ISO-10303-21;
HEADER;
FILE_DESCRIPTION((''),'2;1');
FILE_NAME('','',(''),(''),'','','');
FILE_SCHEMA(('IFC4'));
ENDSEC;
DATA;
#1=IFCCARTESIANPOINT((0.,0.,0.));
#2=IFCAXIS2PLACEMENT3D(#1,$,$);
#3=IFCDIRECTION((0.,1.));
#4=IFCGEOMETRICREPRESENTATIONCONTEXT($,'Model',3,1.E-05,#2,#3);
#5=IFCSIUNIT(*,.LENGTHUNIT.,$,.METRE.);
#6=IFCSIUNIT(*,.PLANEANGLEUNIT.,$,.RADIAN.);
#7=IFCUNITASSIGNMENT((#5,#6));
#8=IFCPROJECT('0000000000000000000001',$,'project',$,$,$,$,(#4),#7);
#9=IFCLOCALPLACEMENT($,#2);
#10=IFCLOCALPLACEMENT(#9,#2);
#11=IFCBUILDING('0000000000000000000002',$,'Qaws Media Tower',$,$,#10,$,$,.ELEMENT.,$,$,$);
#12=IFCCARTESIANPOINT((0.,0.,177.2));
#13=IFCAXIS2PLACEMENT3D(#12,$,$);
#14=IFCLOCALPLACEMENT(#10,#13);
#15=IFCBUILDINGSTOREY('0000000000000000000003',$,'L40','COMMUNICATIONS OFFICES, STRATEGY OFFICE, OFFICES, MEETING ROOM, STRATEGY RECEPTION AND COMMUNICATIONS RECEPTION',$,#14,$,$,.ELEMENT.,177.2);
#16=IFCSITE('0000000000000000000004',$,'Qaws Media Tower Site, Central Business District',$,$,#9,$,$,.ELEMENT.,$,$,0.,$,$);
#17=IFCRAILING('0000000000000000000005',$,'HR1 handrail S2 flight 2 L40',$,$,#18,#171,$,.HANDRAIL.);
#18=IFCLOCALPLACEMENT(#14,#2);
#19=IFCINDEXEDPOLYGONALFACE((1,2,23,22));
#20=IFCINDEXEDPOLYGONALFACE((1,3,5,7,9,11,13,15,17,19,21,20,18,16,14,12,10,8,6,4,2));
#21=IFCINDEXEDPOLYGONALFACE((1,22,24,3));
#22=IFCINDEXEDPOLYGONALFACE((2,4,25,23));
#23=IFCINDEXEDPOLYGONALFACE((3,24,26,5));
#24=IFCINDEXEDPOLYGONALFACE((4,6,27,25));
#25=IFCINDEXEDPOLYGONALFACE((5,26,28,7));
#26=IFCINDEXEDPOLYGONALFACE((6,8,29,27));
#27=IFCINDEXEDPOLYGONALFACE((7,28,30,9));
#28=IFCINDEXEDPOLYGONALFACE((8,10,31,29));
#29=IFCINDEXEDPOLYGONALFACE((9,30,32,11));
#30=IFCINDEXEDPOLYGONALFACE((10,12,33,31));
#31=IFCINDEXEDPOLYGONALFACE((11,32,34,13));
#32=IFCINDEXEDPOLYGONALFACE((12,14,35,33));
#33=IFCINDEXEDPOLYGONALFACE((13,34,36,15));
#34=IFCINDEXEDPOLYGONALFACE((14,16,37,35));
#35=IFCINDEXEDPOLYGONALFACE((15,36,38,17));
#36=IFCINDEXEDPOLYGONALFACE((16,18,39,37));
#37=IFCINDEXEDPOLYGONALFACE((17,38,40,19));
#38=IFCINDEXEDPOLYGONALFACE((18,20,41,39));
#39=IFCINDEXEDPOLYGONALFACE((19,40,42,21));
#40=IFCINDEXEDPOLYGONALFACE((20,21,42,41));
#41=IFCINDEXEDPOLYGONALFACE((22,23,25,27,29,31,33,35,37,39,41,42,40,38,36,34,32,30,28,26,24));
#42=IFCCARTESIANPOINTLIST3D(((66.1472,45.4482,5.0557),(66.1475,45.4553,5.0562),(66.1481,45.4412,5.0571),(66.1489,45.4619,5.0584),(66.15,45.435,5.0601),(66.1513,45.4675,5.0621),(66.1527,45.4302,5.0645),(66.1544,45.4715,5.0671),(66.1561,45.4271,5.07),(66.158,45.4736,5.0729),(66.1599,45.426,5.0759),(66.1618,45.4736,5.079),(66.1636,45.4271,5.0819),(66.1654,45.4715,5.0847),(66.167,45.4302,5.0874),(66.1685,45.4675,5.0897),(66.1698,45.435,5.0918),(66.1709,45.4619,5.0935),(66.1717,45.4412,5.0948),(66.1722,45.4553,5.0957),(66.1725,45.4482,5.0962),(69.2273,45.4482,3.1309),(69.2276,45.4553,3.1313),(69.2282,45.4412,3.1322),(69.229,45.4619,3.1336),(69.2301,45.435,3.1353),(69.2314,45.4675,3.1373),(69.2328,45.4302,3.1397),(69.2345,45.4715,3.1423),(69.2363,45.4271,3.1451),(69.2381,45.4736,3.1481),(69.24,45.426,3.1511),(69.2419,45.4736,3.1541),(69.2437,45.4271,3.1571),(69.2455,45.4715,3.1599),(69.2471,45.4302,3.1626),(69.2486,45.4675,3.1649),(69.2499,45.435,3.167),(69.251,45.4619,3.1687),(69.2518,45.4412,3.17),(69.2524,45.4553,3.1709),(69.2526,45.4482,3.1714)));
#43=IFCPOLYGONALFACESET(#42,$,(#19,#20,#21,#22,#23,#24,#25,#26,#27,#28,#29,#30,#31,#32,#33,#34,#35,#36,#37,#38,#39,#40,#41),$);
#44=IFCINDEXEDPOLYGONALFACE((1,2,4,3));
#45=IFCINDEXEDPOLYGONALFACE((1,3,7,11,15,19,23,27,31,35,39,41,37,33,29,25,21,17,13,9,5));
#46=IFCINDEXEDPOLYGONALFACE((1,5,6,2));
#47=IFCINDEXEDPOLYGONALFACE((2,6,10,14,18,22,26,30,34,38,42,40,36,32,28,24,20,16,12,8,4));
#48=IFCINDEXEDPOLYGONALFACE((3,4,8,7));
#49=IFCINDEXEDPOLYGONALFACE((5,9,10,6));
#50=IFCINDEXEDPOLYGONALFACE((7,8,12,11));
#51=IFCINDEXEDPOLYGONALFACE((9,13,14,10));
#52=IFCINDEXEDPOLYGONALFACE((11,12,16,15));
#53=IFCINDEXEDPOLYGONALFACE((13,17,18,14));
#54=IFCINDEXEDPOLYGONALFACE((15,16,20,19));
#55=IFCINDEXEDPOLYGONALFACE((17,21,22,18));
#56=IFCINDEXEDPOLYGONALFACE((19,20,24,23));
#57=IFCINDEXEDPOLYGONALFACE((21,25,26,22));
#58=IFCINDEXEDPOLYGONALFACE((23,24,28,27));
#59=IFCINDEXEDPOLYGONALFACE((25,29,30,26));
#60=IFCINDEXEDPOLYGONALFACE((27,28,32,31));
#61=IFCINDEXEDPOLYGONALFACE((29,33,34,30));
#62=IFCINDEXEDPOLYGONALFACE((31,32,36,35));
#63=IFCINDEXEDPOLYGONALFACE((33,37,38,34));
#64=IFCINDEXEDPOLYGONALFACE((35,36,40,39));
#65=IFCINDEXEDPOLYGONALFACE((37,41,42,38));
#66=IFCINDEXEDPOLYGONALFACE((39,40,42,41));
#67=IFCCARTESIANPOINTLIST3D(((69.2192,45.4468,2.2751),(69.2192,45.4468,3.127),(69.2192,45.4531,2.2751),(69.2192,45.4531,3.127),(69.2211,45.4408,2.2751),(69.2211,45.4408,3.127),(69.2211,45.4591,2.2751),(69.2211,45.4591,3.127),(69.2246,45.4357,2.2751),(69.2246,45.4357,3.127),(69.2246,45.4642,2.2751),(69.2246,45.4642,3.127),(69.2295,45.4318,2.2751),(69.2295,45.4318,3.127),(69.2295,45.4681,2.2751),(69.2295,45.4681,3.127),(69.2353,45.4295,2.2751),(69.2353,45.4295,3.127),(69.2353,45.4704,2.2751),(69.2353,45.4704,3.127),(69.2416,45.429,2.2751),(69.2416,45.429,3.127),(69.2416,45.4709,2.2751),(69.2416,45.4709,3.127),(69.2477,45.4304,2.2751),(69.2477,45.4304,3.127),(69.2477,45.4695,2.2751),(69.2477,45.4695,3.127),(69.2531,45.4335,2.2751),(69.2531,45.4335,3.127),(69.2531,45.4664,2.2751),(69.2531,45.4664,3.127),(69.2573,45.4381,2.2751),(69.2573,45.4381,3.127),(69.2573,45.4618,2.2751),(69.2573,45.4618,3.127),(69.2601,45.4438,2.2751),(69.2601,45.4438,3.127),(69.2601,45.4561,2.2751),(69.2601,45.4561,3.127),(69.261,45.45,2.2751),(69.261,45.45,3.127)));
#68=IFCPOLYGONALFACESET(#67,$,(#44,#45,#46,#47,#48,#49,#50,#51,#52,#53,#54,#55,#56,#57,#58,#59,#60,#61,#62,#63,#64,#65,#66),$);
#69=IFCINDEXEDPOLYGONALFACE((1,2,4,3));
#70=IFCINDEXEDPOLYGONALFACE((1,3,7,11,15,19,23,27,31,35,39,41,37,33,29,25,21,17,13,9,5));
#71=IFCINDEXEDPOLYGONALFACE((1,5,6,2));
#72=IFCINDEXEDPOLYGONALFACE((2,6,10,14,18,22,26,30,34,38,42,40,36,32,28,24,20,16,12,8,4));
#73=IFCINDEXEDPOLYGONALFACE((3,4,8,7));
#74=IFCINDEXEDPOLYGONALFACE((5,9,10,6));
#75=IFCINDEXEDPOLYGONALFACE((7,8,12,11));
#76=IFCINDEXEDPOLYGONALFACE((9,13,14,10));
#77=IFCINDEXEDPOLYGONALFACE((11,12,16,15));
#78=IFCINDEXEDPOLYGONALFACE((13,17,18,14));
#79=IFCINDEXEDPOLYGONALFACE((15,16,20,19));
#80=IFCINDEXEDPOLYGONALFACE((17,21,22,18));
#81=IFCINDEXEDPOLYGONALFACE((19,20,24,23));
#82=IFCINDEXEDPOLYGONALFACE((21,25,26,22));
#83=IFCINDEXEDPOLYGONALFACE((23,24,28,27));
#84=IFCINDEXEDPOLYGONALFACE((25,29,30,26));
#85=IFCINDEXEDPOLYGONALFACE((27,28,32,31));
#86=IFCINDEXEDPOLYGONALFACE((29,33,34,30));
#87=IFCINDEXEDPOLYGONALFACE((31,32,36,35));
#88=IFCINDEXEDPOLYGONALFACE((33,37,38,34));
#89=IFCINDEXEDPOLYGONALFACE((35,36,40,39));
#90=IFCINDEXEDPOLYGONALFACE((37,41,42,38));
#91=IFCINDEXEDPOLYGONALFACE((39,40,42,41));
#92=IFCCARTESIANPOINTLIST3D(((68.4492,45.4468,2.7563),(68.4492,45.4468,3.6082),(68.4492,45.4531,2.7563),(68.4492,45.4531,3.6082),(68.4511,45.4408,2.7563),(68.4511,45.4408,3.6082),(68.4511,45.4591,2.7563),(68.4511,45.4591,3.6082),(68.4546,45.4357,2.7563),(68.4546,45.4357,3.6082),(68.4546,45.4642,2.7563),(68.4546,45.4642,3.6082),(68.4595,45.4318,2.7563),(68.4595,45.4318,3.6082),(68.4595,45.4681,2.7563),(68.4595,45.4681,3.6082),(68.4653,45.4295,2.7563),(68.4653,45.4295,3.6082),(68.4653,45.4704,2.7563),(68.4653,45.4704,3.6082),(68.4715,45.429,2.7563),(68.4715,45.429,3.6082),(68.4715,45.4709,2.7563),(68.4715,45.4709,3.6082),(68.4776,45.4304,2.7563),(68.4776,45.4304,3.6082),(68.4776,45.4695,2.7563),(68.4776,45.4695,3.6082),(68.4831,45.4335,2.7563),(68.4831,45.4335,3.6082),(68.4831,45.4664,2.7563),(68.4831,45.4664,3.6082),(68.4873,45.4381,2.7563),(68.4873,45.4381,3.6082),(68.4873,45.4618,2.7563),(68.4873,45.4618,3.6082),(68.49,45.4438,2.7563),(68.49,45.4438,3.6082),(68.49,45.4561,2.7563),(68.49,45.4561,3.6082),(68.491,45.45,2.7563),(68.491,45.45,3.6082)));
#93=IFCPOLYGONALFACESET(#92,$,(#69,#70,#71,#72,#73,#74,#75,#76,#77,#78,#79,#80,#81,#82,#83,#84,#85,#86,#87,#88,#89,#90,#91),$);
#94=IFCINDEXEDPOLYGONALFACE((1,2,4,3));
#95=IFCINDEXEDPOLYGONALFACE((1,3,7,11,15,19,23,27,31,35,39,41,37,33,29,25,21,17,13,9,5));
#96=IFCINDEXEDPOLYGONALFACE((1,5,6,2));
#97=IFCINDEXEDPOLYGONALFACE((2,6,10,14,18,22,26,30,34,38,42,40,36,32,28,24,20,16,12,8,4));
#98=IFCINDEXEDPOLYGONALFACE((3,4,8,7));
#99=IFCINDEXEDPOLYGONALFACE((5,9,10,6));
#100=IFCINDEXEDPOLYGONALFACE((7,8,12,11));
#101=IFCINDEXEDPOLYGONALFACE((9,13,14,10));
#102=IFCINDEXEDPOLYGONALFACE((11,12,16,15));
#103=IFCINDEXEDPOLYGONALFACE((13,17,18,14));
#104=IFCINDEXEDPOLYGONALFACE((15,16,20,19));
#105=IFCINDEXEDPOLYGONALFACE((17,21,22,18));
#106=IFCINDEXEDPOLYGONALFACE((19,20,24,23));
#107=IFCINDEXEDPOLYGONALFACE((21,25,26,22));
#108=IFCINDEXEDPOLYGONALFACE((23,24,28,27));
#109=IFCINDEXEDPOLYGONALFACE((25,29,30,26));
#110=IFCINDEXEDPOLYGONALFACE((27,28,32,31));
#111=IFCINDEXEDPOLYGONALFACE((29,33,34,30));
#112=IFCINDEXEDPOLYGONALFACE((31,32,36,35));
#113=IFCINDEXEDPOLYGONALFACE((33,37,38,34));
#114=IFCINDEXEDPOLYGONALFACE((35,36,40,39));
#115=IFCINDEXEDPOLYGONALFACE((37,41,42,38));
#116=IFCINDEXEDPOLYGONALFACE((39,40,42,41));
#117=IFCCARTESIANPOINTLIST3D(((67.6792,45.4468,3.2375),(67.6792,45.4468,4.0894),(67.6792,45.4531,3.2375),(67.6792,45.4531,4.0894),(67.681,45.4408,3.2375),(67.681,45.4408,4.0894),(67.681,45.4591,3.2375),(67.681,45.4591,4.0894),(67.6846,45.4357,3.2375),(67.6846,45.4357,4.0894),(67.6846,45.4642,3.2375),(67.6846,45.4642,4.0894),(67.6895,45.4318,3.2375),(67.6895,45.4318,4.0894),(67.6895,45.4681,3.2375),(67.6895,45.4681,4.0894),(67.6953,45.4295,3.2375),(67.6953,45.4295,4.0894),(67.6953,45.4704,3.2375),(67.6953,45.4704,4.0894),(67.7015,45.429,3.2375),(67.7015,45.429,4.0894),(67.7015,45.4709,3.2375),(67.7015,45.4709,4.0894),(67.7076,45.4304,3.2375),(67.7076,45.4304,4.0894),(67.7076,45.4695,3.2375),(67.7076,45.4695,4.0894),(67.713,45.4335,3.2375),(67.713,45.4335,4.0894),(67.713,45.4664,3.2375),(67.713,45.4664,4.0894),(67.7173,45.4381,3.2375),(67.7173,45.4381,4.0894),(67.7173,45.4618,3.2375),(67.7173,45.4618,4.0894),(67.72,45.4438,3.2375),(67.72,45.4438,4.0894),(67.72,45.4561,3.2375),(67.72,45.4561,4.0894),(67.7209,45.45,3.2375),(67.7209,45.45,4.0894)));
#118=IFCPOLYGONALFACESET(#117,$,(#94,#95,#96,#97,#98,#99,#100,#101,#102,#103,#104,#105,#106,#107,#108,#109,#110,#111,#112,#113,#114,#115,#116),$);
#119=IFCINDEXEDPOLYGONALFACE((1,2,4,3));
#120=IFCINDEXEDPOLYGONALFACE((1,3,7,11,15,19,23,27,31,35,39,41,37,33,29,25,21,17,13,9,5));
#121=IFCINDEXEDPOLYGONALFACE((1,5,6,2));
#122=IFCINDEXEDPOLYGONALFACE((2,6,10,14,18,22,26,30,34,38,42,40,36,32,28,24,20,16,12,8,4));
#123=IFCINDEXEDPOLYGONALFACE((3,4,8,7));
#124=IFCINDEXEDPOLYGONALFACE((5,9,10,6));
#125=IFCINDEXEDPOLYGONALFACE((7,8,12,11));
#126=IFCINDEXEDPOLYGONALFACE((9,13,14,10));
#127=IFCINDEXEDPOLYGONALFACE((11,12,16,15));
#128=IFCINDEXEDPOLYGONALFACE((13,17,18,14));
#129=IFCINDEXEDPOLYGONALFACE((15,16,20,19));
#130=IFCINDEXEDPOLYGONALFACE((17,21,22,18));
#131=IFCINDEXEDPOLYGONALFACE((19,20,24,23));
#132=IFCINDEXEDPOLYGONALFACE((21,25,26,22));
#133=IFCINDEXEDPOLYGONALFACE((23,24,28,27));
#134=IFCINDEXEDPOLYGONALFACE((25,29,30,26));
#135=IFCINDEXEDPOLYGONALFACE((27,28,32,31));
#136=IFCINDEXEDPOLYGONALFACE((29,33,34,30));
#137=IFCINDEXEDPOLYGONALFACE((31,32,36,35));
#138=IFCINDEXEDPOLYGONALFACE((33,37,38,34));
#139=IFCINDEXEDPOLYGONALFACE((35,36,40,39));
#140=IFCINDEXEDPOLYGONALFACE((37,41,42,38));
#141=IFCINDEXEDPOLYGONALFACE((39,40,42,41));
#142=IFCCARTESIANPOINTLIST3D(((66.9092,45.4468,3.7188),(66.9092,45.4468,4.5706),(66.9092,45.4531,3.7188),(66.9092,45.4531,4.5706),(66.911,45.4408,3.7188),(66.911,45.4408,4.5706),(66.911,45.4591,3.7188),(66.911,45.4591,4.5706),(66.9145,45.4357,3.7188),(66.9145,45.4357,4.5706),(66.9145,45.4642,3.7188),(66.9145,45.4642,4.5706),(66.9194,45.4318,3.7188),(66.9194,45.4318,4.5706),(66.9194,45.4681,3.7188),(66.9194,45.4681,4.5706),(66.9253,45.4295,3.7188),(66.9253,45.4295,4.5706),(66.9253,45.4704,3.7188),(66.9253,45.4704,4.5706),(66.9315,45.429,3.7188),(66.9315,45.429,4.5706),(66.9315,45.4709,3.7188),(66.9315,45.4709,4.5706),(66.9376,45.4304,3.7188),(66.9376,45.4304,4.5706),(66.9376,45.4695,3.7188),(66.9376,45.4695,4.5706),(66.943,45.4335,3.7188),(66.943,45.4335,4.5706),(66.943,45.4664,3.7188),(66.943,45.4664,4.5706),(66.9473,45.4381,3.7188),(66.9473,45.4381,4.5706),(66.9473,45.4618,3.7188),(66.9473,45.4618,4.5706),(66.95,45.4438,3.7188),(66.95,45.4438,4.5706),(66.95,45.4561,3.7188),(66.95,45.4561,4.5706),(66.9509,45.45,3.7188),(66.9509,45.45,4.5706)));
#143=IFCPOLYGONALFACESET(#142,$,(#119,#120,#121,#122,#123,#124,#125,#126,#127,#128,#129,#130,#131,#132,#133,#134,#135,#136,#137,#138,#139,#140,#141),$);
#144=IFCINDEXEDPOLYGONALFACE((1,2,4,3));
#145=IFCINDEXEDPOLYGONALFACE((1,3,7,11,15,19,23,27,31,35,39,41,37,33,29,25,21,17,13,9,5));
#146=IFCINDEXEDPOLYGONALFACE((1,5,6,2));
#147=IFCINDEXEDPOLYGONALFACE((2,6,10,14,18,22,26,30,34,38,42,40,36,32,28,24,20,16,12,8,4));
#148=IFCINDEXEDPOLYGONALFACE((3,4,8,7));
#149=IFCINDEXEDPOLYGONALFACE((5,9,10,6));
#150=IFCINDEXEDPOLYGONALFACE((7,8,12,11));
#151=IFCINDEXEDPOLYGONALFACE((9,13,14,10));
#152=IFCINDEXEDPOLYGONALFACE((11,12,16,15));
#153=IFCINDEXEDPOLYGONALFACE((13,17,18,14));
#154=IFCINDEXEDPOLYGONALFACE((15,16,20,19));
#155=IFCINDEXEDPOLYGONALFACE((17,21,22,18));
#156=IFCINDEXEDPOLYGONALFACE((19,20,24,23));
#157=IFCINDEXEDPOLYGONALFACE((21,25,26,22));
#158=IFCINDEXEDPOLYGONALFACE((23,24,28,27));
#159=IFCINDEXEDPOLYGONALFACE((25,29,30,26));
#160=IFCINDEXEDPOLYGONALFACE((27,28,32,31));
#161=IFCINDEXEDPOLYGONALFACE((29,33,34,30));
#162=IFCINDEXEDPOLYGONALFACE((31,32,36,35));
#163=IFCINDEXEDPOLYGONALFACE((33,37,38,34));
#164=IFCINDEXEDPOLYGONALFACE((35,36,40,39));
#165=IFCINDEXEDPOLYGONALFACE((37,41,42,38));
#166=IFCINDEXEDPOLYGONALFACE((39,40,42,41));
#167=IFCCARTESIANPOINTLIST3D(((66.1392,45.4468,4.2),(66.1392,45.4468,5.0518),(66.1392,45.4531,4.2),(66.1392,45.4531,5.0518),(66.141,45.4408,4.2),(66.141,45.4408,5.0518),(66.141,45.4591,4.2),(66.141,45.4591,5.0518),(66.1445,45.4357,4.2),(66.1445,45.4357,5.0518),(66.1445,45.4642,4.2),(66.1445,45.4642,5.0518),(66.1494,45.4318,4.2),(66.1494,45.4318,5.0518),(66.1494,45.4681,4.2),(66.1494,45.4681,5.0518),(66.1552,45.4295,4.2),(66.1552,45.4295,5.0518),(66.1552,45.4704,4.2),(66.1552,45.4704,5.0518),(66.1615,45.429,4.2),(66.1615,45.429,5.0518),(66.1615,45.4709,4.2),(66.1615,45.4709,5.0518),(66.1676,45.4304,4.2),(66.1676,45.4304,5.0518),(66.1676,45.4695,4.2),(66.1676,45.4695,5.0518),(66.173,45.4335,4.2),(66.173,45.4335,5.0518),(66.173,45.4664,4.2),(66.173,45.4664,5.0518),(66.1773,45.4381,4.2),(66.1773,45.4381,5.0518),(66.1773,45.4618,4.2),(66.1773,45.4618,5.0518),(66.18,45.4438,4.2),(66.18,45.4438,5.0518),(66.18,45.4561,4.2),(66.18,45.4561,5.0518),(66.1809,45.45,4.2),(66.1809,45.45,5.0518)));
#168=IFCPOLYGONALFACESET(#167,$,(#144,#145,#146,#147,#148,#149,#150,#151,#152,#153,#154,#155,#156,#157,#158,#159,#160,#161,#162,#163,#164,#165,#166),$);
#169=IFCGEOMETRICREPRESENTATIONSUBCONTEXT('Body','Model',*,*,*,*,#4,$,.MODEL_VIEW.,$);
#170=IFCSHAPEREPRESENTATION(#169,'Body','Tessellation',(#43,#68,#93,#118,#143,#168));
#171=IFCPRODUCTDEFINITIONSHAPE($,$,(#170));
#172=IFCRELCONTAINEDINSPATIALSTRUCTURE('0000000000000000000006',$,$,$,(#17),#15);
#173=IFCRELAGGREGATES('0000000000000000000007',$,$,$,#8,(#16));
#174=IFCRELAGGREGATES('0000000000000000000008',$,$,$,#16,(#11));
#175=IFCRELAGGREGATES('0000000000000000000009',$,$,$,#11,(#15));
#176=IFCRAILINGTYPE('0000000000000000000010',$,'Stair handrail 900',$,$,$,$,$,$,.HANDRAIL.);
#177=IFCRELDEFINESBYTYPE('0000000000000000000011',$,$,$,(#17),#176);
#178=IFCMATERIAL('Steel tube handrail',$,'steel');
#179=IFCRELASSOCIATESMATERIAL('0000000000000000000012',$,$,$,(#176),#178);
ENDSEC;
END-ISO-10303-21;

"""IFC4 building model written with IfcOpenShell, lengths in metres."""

from ifc_helpers import new_model, si_unit, direction, frame, origin, origin_2d, place, context, subcontext, project, spatial, circle, extrude, material, type_object, element, save


model = new_model("IFC4")

# Units and contexts
model_context = context("Model", 3, precision=1e-05, world=origin(), true_north=direction((0.0, 1.0)))
body_context = subcontext(model_context, "Body", "Model", "MODEL_VIEW")
ifc_project = project(units=[si_unit("LENGTHUNIT", "METRE"), si_unit("PLANEANGLEUNIT", "RADIAN")], contexts=[model_context])

# Site, building, storey
site_placement = place(None, origin())
site = spatial("IfcSite", under=ifc_project, at=site_placement, Name="Qaws Media Tower Site, Central Business District", CompositionType="ELEMENT", RefElevation=0.0)
building_placement = place(site_placement, origin())
building = spatial("IfcBuilding", under=site, at=building_placement, Name="Qaws Media Tower", CompositionType="ELEMENT")
storey_placement = place(building_placement, frame((0.0, 0.0, 177.2)))
storey = spatial("IfcBuildingStorey", under=building, at=storey_placement, Name="L40", Description="COMMUNICATIONS OFFICES, STRATEGY OFFICE, OFFICES, MEETING ROOM, STRATEGY RECEPTION AND COMMUNICATIONS RECEPTION", CompositionType="ELEMENT", Elevation=177.2)

# Railing
ifc_material_1 = material(Name="Steel tube handrail", Category="steel")
railing_type = type_object("IfcRailingType", Name="Stair handrail 900", PredefinedType="HANDRAIL", material=ifc_material_1)
for number, where, name in (
    (1, (69.24, 45.45, 2.2751), "HR1 handrail S2 flight 2 L40"),
):
    element("IfcRailing", number, at=place(storey_placement, frame(where)), inside=storey, type_object=railing_type, Name=name, PredefinedType="HANDRAIL", context=body_context, shape_type="SweptSolid", body=[
        extrude(circle(Radius=0.0239, at=origin_2d()), frame((0.0, 0.0, 0.876), z_axis=(-0.848029, 0.0, 0.529951), x_axis=(0.0, -1.0, 0.0)), (0.0, 0.0, 1.0), 3.6321),
        extrude(circle(Radius=0.021, at=origin_2d()), origin(), (0.0, 0.0, 1.0), 0.8518),
        extrude(circle(Radius=0.021, at=origin_2d()), frame((-0.77, 0.0, 0.4812)), (0.0, 0.0, 1.0), 0.8518),
        extrude(circle(Radius=0.021, at=origin_2d()), frame((-1.54, 0.0, 0.9624)), (0.0, 0.0, 1.0), 0.8518),
        extrude(circle(Radius=0.021, at=origin_2d()), frame((-2.3101, 0.0, 1.4436)), (0.0, 0.0, 1.0), 0.8518),
        extrude(circle(Radius=0.021, at=origin_2d()), frame((-3.0801, 0.0, 1.9248)), (0.0, 0.0, 1.0), 0.8518),
    ])

save(model, "model.ifc")
